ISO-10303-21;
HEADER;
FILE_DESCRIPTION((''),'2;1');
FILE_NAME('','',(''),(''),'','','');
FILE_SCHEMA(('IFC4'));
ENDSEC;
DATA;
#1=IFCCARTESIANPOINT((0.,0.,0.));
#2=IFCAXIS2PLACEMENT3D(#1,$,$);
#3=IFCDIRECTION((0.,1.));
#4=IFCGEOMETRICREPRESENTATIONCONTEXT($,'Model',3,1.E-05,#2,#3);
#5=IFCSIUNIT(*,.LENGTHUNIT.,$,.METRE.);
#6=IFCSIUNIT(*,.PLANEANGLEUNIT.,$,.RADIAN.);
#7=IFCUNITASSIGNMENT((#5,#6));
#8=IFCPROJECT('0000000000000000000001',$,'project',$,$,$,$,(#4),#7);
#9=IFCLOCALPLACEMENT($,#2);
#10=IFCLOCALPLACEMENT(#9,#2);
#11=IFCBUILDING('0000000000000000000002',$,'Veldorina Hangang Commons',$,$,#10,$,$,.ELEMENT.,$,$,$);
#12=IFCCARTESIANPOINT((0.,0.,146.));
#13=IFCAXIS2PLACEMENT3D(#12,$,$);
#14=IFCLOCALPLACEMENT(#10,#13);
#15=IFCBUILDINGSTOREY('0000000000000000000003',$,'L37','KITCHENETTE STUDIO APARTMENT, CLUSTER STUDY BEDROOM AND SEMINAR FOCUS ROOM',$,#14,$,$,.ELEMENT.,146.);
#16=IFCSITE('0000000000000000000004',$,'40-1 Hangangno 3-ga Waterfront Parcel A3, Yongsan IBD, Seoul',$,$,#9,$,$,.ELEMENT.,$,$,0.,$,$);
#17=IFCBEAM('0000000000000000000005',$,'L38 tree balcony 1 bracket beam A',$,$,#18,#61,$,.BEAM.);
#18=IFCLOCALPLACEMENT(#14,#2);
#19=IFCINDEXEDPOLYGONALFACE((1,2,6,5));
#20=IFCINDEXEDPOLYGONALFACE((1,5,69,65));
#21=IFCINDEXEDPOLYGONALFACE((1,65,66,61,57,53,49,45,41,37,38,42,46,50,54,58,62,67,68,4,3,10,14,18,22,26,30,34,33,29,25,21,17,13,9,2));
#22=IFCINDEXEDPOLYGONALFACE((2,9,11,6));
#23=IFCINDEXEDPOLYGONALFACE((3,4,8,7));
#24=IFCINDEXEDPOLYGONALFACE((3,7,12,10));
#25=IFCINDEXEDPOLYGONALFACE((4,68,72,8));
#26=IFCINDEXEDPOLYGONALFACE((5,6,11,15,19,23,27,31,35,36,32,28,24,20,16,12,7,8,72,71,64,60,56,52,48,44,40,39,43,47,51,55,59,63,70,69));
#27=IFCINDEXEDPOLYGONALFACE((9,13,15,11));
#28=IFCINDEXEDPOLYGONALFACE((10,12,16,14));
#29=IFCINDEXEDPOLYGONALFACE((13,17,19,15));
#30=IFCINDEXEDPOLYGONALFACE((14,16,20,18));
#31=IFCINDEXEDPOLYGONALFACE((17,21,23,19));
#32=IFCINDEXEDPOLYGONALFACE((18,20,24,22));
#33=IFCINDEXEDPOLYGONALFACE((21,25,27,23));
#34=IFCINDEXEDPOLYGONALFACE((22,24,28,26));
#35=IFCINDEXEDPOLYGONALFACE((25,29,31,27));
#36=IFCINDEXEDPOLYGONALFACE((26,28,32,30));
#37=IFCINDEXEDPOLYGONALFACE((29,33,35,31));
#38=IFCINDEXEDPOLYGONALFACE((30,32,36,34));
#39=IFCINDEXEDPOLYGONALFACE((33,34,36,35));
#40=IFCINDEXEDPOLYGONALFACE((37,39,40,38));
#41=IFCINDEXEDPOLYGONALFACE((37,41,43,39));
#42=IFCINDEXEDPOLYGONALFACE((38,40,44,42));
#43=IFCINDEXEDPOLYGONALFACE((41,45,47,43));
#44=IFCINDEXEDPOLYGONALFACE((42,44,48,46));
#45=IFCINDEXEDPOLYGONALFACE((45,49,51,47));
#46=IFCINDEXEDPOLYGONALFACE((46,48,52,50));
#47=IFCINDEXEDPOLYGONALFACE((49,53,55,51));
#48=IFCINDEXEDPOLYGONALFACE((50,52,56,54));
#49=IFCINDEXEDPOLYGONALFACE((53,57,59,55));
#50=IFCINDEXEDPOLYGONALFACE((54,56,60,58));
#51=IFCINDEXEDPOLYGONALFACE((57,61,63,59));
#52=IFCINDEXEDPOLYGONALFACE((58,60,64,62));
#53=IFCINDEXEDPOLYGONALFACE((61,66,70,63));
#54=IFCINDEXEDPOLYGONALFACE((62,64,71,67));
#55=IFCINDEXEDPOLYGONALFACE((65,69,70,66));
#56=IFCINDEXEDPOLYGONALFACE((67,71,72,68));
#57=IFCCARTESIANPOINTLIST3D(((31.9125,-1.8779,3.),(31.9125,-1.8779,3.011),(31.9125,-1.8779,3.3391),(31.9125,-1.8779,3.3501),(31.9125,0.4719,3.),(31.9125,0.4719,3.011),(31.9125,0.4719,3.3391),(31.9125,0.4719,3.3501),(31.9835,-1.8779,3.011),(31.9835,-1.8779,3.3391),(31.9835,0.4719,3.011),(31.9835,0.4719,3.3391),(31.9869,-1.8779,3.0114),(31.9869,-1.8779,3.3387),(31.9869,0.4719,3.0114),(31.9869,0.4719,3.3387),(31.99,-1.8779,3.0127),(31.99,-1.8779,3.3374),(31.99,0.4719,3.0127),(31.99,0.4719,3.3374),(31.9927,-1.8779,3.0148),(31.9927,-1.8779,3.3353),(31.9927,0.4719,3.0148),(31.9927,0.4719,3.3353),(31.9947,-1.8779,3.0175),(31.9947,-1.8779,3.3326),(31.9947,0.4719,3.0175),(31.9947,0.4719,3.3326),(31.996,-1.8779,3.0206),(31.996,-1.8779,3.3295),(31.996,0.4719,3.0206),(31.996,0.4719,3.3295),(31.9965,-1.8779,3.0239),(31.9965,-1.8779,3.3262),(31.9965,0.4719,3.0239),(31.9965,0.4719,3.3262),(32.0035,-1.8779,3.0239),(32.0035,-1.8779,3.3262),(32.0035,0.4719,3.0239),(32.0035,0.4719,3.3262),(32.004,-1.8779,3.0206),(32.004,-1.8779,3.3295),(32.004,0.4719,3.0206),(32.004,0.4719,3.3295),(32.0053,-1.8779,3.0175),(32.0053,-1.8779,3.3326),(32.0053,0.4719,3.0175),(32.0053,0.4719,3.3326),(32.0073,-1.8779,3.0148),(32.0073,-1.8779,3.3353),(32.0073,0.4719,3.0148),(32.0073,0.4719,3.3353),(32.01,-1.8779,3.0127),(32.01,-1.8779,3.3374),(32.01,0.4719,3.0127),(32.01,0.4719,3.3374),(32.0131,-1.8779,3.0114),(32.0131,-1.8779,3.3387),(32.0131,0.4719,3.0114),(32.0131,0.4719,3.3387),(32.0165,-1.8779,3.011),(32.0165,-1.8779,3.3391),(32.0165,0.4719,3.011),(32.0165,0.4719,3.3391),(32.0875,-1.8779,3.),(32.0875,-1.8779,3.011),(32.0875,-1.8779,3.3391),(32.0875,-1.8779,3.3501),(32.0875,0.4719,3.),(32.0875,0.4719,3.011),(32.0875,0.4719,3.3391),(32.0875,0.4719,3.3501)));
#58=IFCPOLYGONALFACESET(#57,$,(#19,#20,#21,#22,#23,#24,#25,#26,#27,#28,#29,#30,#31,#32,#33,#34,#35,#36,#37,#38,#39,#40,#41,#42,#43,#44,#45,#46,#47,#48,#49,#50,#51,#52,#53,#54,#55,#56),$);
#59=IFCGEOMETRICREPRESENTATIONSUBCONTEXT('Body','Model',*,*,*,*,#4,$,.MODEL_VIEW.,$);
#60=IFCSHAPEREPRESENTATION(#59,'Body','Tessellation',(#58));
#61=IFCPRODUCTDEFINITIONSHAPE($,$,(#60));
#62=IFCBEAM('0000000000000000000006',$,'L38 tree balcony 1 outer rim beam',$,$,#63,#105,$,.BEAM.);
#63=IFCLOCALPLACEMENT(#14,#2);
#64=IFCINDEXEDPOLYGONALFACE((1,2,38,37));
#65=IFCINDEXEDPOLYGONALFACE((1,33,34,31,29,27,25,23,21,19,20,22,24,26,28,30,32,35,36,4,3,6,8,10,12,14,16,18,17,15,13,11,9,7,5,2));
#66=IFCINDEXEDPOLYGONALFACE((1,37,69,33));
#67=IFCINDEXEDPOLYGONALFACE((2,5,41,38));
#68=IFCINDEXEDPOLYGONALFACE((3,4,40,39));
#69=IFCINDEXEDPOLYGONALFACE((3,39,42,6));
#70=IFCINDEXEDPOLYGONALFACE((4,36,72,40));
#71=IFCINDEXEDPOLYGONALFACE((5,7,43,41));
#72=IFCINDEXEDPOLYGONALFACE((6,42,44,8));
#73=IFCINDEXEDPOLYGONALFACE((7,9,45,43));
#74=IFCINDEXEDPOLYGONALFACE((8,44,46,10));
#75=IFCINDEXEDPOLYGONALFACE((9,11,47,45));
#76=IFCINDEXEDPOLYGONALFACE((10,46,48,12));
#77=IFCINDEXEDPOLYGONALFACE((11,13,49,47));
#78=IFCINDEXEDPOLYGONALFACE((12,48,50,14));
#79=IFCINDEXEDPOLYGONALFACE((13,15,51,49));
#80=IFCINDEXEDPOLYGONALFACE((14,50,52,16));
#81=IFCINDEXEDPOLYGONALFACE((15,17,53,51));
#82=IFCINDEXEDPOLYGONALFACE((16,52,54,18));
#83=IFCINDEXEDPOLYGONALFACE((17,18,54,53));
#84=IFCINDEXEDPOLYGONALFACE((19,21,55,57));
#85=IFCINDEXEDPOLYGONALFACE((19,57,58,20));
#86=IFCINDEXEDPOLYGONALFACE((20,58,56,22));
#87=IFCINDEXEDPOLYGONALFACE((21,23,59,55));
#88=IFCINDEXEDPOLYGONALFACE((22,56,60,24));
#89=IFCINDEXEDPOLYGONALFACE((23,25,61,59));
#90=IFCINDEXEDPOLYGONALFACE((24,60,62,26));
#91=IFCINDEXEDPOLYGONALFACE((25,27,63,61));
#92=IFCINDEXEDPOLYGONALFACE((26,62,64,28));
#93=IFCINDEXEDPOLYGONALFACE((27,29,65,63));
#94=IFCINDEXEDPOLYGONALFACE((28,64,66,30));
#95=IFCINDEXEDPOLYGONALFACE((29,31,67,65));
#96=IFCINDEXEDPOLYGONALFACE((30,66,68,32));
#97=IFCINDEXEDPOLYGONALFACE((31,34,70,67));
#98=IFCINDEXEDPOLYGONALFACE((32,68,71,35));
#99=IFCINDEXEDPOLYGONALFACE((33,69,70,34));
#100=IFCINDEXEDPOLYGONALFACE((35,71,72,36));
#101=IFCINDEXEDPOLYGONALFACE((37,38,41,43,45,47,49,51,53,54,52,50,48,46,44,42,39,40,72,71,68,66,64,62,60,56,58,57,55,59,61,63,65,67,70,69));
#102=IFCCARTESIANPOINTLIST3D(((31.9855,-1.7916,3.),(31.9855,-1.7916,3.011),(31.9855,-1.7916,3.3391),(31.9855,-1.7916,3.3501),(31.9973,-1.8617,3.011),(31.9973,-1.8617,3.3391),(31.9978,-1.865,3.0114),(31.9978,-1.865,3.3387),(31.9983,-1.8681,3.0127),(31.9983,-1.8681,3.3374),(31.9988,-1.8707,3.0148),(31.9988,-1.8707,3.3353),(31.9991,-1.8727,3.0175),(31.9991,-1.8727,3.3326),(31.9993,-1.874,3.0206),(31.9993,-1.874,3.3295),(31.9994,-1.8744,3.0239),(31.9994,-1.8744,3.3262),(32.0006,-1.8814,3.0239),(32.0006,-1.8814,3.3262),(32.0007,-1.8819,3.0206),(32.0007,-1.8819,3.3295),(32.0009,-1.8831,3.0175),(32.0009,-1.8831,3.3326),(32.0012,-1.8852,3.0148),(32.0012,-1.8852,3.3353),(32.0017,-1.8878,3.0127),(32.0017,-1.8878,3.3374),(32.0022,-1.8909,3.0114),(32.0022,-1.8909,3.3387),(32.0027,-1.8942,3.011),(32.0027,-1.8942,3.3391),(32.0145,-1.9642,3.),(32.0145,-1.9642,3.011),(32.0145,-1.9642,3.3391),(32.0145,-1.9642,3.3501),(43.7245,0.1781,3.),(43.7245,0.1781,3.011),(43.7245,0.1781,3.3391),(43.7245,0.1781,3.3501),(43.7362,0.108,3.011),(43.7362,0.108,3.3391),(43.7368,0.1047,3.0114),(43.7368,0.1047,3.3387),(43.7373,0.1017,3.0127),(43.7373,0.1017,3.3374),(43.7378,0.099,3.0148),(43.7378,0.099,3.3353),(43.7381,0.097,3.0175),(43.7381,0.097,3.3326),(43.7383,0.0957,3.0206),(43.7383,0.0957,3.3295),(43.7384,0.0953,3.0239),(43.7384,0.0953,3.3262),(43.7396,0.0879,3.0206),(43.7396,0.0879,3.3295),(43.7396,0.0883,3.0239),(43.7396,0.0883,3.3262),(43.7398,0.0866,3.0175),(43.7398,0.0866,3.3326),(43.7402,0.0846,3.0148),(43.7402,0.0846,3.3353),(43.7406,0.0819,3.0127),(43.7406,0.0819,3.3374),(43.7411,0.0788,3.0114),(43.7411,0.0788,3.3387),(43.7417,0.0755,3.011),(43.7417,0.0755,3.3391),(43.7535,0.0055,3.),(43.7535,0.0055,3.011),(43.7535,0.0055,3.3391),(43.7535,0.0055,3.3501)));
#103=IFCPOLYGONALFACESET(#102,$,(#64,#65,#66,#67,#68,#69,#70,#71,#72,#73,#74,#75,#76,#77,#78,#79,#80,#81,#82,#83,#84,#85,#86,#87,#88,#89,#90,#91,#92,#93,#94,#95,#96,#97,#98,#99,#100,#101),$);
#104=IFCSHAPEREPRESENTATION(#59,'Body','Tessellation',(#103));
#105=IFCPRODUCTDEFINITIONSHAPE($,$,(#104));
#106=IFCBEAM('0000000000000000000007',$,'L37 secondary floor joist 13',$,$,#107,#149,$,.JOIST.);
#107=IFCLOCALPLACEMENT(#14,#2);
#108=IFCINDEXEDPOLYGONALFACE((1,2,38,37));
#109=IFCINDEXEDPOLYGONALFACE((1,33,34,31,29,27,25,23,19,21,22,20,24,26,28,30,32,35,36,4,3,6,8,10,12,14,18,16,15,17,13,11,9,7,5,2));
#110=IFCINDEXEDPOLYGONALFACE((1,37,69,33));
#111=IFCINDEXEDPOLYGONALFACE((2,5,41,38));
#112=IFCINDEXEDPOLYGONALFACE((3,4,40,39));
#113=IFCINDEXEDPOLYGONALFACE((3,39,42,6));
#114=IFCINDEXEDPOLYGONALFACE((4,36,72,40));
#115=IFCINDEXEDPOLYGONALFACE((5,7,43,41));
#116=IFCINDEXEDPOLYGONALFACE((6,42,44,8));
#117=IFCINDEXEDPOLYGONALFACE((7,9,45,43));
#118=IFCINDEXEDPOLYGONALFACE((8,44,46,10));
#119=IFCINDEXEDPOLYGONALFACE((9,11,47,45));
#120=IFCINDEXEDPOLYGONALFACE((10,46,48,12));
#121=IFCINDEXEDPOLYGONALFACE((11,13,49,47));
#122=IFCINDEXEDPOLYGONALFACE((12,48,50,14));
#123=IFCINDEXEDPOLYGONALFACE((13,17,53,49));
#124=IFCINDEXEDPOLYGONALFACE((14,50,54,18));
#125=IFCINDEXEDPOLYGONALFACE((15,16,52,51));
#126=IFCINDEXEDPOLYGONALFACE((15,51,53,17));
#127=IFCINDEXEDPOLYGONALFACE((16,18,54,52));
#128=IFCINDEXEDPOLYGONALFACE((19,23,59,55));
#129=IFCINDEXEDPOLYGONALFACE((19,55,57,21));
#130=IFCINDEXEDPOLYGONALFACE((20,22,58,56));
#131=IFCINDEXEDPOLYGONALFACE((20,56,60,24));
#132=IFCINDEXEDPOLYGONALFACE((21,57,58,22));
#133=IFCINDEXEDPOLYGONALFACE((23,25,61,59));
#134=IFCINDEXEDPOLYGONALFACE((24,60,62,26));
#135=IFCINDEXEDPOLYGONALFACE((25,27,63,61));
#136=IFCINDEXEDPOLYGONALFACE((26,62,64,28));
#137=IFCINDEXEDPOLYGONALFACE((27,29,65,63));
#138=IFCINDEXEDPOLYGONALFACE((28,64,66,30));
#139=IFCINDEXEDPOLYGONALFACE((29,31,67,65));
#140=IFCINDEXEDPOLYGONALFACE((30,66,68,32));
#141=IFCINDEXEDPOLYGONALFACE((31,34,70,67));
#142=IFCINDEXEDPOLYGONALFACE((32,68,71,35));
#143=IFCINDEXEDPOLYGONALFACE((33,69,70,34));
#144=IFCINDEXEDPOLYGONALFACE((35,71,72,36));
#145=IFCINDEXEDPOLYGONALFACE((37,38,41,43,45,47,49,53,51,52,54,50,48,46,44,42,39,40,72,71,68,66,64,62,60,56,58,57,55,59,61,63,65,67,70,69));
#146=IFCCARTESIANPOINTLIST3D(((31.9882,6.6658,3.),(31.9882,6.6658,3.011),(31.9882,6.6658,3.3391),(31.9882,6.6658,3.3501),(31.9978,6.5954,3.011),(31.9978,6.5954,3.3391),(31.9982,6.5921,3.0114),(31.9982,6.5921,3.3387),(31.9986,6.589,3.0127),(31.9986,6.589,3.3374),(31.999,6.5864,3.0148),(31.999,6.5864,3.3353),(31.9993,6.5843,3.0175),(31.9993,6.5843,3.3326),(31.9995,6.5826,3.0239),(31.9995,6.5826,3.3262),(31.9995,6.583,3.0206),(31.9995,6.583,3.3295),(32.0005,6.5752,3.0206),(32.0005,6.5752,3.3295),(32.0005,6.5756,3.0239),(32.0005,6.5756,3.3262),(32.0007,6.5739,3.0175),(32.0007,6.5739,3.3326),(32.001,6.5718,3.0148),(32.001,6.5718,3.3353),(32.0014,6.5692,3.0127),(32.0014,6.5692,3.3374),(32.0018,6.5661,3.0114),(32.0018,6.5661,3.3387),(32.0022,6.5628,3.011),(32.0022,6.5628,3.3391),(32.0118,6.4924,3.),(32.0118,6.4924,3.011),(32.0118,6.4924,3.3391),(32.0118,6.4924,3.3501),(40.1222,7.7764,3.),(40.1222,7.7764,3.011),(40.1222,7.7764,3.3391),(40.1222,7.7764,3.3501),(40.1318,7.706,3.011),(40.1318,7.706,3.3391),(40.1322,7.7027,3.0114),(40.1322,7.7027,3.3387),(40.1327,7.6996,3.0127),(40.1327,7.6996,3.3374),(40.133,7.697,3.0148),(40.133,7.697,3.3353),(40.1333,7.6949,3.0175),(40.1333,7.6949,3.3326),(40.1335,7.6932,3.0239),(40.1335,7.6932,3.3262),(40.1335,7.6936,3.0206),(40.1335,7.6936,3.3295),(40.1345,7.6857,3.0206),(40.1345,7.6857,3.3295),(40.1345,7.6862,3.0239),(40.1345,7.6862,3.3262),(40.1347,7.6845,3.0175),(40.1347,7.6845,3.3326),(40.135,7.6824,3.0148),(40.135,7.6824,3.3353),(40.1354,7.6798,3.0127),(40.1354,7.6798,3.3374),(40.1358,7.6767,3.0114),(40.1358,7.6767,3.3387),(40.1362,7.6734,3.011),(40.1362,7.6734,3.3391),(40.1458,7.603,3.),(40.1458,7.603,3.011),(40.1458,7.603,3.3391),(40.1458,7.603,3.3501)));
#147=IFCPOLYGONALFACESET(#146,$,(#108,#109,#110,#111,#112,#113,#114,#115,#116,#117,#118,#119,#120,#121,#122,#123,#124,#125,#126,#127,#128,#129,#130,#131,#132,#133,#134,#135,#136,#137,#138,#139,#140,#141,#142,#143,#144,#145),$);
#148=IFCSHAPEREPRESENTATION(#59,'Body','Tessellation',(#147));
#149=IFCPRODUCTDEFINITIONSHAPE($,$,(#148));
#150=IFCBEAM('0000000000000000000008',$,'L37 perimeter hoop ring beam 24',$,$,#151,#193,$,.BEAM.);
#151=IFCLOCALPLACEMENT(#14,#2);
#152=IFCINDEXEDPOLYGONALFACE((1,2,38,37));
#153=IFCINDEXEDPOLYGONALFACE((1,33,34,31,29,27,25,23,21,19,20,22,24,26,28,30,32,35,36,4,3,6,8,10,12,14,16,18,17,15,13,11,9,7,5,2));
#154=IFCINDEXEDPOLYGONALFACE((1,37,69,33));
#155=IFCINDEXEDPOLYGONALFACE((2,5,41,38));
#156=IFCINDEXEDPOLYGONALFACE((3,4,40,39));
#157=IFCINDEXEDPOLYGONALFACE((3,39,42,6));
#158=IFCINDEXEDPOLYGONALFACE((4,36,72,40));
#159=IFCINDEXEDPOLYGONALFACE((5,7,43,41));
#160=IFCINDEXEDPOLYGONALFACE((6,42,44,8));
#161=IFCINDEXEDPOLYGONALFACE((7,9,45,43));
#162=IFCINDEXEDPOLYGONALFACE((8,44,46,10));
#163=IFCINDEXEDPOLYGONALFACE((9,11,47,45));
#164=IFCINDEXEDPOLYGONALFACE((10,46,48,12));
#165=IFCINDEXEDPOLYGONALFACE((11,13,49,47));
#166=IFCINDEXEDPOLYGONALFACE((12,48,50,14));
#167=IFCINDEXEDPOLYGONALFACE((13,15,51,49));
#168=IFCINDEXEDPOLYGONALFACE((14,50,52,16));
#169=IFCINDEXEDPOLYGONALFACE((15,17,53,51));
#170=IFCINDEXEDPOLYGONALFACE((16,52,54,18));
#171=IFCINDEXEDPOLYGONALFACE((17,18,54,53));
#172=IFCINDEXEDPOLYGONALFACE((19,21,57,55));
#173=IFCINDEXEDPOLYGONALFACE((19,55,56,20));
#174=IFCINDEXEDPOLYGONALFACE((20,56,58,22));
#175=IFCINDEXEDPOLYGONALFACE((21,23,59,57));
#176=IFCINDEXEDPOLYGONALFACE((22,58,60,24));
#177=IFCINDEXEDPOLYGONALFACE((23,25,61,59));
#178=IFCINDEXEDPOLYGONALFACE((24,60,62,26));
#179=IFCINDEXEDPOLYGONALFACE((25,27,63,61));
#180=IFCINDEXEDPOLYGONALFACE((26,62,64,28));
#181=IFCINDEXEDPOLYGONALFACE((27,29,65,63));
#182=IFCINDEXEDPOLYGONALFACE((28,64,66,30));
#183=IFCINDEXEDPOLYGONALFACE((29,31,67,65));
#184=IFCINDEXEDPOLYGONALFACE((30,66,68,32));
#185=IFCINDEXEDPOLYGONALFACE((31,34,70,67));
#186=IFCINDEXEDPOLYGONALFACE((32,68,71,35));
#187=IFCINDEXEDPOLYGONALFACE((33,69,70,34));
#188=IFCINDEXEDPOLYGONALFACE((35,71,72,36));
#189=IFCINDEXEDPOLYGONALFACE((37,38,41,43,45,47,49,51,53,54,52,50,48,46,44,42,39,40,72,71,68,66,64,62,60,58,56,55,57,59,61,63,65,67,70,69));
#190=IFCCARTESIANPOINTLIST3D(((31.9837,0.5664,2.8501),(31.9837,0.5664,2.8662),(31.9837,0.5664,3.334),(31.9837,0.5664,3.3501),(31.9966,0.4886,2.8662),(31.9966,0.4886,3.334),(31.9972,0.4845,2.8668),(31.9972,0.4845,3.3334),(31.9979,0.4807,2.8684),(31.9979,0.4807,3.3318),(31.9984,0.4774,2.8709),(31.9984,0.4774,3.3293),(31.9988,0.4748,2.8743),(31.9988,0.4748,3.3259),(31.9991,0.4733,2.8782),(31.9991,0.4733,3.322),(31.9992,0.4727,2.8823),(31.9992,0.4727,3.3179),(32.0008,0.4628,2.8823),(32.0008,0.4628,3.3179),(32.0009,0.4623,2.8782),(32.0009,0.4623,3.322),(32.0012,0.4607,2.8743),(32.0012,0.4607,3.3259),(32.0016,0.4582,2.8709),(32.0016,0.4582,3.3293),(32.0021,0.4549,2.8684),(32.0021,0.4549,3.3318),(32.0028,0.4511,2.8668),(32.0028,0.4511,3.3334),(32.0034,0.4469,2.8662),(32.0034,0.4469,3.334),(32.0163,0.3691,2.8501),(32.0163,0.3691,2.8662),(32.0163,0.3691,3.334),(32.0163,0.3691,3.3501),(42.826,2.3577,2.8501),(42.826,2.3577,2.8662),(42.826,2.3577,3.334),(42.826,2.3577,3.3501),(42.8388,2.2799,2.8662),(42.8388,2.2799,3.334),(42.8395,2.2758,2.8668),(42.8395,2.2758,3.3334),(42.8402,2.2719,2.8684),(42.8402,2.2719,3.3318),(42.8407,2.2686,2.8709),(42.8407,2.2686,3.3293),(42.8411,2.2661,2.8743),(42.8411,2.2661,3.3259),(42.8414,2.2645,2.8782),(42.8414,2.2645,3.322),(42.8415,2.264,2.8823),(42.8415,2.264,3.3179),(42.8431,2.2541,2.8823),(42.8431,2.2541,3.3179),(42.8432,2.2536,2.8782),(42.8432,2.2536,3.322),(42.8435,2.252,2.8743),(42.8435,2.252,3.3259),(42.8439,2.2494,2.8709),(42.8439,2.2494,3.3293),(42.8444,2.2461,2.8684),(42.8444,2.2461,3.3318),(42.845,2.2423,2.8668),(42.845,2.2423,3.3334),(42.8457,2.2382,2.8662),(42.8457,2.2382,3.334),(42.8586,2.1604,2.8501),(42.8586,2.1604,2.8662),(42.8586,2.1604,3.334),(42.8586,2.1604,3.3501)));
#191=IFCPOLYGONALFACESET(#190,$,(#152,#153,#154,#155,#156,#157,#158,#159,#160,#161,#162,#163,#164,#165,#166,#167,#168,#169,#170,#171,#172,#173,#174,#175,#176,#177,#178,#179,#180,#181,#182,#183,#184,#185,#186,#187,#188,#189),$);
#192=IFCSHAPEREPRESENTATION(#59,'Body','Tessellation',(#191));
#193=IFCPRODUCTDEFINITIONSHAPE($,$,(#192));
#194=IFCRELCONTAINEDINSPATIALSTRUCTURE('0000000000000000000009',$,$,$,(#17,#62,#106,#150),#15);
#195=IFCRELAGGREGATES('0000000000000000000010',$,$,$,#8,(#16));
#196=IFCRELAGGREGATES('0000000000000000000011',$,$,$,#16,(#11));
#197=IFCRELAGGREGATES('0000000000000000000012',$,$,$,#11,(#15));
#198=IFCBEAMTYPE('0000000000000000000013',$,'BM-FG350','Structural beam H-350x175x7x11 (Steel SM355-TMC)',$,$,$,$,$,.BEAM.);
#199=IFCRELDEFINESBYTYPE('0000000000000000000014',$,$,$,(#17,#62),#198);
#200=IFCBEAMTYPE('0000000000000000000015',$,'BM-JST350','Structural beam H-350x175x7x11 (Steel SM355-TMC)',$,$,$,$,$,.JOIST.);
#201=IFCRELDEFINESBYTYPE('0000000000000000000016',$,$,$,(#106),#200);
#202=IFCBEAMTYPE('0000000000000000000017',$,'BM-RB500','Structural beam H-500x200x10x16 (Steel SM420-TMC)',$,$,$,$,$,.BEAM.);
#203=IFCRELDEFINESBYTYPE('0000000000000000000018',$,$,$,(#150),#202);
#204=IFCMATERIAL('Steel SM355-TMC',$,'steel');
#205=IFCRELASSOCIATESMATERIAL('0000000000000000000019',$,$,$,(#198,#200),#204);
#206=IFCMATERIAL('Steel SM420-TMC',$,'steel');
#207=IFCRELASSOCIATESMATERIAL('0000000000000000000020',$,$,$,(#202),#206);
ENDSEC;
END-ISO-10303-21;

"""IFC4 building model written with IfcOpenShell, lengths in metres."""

from ifc_helpers import new_model, si_unit, direction, frame, origin, origin_2d, place, context, subcontext, project, spatial, i_section, extrude, material, material_profile, profile_set, type_object, element, save


model = new_model("IFC4")

# Units and contexts
model_context = context("Model", 3, precision=1e-05, world=origin(), true_north=direction((0.0, 1.0)))
body_context = subcontext(model_context, "Body", "Model", "MODEL_VIEW")
ifc_project = project(units=[si_unit("LENGTHUNIT", "METRE"), si_unit("PLANEANGLEUNIT", "RADIAN")], contexts=[model_context])

# Site, building, storey
site_placement = place(None, origin())
site = spatial("IfcSite", under=ifc_project, at=site_placement, Name="40-1 Hangangno 3-ga Waterfront Parcel A3, Yongsan IBD, Seoul", CompositionType="ELEMENT", RefElevation=0.0)
building_placement = place(site_placement, origin())
building = spatial("IfcBuilding", under=site, at=building_placement, Name="Veldorina Hangang Commons", CompositionType="ELEMENT")
storey_placement = place(building_placement, frame((0.0, 0.0, 146.0)))
storey = spatial("IfcBuildingStorey", under=building, at=storey_placement, Name="L37", Description="KITCHENETTE STUDIO APARTMENT, CLUSTER STUDY BEDROOM AND SEMINAR FOCUS ROOM", CompositionType="ELEMENT", Elevation=146.0)

# Beams
ifc_material_1 = material(Name="Steel SM355-TMC", Category="steel")
ifc_material_profile_1 = material_profile(ifc_material_1, i_section(OverallWidth=0.175, OverallDepth=0.3501, WebThickness=0.0071, FlangeThickness=0.011, FilletRadius=0.0129, at=origin_2d()), Name="H-350x175x7x11")
ifc_profile_set_1 = profile_set([ifc_material_profile_1], Name="Steel SM355-TMC")
beam_type_1 = type_object("IfcBeamType", Name="BM-FG350", Description="Structural beam H-350x175x7x11 (Steel SM355-TMC)", PredefinedType="BEAM", material=ifc_profile_set_1)
beam_1_placement = place(storey_placement, frame((32.0, 0.4719, 3.175), z_axis=(0.0, -1.0, 0.0), x_axis=(1.0, 0.0, 0.0)))
element("IfcBeam", 1, at=beam_1_placement, inside=storey, type_object=beam_type_1, Name="L38 tree balcony 1 bracket beam A", PredefinedType="BEAM", context=body_context, shape_type="SweptSolid", body=[
    extrude(i_section(OverallWidth=0.175, OverallDepth=0.3501, WebThickness=0.0071, FlangeThickness=0.011, FilletRadius=0.0129, at=origin_2d()), origin(), (0.0, 0.0, 1.0), 2.3499),
])
beam_2_placement = place(storey_placement, frame((32.0, -1.8779, 3.175), z_axis=(0.986213, 0.16548, 0.0), x_axis=(-0.16548, 0.986213, 0.0)))
element("IfcBeam", 2, at=beam_2_placement, inside=storey, type_object=beam_type_1, Name="L38 tree balcony 1 outer rim beam", PredefinedType="BEAM", context=body_context, shape_type="SweptSolid", body=[
    extrude(i_section(OverallWidth=0.175, OverallDepth=0.3501, WebThickness=0.0071, FlangeThickness=0.011, FilletRadius=0.0129, at=origin_2d()), origin(), (0.0, 0.0, 1.0), 11.9031),
])
ifc_material_profile_2 = material_profile(ifc_material_1, i_section(OverallWidth=0.175, OverallDepth=0.3501, WebThickness=0.0071, FlangeThickness=0.011, FilletRadius=0.0129, at=origin_2d()), Name="H-350x175x7x11")
ifc_profile_set_2 = profile_set([ifc_material_profile_2], Name="Steel SM355-TMC")
beam_type_2 = type_object("IfcBeamType", Name="BM-JST350", Description="Structural beam H-350x175x7x11 (Steel SM355-TMC)", PredefinedType="JOIST", material=ifc_profile_set_2)
beam_3_placement = place(storey_placement, frame((32.0, 6.5791, 3.175), z_axis=(0.990807, 0.135282, 0.0), x_axis=(-0.135282, 0.990807, 0.0)))
element("IfcBeam", 3, at=beam_3_placement, inside=storey, type_object=beam_type_2, Name="L37 secondary floor joist 13", PredefinedType="JOIST", context=body_context, shape_type="SweptSolid", body=[
    extrude(i_section(OverallWidth=0.175, OverallDepth=0.3501, WebThickness=0.0071, FlangeThickness=0.011, FilletRadius=0.0129, at=origin_2d()), origin(), (0.0, 0.0, 1.0), 8.2095),
])
ifc_material_2 = material(Name="Steel SM420-TMC", Category="steel")
ifc_material_profile_3 = material_profile(ifc_material_2, i_section(OverallWidth=0.2, OverallDepth=0.5, WebThickness=0.01, FlangeThickness=0.0161, FilletRadius=0.0161, at=origin_2d()), Name="H-500x200x10x16")
ifc_profile_set_3 = profile_set([ifc_material_profile_3], Name="Steel SM420-TMC")
beam_type_3 = type_object("IfcBeamType", Name="BM-RB500", Description="Structural beam H-500x200x10x16 (Steel SM420-TMC)", PredefinedType="BEAM", material=ifc_profile_set_3)
beam_4_placement = place(storey_placement, frame((32.0, 0.4678, 3.1001), z_axis=(0.986626, 0.163001, 0.0), x_axis=(-0.163001, 0.986626, 0.0)))
element("IfcBeam", 4, at=beam_4_placement, inside=storey, type_object=beam_type_3, Name="L37 perimeter hoop ring beam 24", PredefinedType="BEAM", context=body_context, shape_type="SweptSolid", body=[
    extrude(i_section(OverallWidth=0.2, OverallDepth=0.5, WebThickness=0.01, FlangeThickness=0.0161, FilletRadius=0.0161, at=origin_2d()), origin(), (0.0, 0.0, 1.0), 10.9893),
])

save(model, "model.ifc")
